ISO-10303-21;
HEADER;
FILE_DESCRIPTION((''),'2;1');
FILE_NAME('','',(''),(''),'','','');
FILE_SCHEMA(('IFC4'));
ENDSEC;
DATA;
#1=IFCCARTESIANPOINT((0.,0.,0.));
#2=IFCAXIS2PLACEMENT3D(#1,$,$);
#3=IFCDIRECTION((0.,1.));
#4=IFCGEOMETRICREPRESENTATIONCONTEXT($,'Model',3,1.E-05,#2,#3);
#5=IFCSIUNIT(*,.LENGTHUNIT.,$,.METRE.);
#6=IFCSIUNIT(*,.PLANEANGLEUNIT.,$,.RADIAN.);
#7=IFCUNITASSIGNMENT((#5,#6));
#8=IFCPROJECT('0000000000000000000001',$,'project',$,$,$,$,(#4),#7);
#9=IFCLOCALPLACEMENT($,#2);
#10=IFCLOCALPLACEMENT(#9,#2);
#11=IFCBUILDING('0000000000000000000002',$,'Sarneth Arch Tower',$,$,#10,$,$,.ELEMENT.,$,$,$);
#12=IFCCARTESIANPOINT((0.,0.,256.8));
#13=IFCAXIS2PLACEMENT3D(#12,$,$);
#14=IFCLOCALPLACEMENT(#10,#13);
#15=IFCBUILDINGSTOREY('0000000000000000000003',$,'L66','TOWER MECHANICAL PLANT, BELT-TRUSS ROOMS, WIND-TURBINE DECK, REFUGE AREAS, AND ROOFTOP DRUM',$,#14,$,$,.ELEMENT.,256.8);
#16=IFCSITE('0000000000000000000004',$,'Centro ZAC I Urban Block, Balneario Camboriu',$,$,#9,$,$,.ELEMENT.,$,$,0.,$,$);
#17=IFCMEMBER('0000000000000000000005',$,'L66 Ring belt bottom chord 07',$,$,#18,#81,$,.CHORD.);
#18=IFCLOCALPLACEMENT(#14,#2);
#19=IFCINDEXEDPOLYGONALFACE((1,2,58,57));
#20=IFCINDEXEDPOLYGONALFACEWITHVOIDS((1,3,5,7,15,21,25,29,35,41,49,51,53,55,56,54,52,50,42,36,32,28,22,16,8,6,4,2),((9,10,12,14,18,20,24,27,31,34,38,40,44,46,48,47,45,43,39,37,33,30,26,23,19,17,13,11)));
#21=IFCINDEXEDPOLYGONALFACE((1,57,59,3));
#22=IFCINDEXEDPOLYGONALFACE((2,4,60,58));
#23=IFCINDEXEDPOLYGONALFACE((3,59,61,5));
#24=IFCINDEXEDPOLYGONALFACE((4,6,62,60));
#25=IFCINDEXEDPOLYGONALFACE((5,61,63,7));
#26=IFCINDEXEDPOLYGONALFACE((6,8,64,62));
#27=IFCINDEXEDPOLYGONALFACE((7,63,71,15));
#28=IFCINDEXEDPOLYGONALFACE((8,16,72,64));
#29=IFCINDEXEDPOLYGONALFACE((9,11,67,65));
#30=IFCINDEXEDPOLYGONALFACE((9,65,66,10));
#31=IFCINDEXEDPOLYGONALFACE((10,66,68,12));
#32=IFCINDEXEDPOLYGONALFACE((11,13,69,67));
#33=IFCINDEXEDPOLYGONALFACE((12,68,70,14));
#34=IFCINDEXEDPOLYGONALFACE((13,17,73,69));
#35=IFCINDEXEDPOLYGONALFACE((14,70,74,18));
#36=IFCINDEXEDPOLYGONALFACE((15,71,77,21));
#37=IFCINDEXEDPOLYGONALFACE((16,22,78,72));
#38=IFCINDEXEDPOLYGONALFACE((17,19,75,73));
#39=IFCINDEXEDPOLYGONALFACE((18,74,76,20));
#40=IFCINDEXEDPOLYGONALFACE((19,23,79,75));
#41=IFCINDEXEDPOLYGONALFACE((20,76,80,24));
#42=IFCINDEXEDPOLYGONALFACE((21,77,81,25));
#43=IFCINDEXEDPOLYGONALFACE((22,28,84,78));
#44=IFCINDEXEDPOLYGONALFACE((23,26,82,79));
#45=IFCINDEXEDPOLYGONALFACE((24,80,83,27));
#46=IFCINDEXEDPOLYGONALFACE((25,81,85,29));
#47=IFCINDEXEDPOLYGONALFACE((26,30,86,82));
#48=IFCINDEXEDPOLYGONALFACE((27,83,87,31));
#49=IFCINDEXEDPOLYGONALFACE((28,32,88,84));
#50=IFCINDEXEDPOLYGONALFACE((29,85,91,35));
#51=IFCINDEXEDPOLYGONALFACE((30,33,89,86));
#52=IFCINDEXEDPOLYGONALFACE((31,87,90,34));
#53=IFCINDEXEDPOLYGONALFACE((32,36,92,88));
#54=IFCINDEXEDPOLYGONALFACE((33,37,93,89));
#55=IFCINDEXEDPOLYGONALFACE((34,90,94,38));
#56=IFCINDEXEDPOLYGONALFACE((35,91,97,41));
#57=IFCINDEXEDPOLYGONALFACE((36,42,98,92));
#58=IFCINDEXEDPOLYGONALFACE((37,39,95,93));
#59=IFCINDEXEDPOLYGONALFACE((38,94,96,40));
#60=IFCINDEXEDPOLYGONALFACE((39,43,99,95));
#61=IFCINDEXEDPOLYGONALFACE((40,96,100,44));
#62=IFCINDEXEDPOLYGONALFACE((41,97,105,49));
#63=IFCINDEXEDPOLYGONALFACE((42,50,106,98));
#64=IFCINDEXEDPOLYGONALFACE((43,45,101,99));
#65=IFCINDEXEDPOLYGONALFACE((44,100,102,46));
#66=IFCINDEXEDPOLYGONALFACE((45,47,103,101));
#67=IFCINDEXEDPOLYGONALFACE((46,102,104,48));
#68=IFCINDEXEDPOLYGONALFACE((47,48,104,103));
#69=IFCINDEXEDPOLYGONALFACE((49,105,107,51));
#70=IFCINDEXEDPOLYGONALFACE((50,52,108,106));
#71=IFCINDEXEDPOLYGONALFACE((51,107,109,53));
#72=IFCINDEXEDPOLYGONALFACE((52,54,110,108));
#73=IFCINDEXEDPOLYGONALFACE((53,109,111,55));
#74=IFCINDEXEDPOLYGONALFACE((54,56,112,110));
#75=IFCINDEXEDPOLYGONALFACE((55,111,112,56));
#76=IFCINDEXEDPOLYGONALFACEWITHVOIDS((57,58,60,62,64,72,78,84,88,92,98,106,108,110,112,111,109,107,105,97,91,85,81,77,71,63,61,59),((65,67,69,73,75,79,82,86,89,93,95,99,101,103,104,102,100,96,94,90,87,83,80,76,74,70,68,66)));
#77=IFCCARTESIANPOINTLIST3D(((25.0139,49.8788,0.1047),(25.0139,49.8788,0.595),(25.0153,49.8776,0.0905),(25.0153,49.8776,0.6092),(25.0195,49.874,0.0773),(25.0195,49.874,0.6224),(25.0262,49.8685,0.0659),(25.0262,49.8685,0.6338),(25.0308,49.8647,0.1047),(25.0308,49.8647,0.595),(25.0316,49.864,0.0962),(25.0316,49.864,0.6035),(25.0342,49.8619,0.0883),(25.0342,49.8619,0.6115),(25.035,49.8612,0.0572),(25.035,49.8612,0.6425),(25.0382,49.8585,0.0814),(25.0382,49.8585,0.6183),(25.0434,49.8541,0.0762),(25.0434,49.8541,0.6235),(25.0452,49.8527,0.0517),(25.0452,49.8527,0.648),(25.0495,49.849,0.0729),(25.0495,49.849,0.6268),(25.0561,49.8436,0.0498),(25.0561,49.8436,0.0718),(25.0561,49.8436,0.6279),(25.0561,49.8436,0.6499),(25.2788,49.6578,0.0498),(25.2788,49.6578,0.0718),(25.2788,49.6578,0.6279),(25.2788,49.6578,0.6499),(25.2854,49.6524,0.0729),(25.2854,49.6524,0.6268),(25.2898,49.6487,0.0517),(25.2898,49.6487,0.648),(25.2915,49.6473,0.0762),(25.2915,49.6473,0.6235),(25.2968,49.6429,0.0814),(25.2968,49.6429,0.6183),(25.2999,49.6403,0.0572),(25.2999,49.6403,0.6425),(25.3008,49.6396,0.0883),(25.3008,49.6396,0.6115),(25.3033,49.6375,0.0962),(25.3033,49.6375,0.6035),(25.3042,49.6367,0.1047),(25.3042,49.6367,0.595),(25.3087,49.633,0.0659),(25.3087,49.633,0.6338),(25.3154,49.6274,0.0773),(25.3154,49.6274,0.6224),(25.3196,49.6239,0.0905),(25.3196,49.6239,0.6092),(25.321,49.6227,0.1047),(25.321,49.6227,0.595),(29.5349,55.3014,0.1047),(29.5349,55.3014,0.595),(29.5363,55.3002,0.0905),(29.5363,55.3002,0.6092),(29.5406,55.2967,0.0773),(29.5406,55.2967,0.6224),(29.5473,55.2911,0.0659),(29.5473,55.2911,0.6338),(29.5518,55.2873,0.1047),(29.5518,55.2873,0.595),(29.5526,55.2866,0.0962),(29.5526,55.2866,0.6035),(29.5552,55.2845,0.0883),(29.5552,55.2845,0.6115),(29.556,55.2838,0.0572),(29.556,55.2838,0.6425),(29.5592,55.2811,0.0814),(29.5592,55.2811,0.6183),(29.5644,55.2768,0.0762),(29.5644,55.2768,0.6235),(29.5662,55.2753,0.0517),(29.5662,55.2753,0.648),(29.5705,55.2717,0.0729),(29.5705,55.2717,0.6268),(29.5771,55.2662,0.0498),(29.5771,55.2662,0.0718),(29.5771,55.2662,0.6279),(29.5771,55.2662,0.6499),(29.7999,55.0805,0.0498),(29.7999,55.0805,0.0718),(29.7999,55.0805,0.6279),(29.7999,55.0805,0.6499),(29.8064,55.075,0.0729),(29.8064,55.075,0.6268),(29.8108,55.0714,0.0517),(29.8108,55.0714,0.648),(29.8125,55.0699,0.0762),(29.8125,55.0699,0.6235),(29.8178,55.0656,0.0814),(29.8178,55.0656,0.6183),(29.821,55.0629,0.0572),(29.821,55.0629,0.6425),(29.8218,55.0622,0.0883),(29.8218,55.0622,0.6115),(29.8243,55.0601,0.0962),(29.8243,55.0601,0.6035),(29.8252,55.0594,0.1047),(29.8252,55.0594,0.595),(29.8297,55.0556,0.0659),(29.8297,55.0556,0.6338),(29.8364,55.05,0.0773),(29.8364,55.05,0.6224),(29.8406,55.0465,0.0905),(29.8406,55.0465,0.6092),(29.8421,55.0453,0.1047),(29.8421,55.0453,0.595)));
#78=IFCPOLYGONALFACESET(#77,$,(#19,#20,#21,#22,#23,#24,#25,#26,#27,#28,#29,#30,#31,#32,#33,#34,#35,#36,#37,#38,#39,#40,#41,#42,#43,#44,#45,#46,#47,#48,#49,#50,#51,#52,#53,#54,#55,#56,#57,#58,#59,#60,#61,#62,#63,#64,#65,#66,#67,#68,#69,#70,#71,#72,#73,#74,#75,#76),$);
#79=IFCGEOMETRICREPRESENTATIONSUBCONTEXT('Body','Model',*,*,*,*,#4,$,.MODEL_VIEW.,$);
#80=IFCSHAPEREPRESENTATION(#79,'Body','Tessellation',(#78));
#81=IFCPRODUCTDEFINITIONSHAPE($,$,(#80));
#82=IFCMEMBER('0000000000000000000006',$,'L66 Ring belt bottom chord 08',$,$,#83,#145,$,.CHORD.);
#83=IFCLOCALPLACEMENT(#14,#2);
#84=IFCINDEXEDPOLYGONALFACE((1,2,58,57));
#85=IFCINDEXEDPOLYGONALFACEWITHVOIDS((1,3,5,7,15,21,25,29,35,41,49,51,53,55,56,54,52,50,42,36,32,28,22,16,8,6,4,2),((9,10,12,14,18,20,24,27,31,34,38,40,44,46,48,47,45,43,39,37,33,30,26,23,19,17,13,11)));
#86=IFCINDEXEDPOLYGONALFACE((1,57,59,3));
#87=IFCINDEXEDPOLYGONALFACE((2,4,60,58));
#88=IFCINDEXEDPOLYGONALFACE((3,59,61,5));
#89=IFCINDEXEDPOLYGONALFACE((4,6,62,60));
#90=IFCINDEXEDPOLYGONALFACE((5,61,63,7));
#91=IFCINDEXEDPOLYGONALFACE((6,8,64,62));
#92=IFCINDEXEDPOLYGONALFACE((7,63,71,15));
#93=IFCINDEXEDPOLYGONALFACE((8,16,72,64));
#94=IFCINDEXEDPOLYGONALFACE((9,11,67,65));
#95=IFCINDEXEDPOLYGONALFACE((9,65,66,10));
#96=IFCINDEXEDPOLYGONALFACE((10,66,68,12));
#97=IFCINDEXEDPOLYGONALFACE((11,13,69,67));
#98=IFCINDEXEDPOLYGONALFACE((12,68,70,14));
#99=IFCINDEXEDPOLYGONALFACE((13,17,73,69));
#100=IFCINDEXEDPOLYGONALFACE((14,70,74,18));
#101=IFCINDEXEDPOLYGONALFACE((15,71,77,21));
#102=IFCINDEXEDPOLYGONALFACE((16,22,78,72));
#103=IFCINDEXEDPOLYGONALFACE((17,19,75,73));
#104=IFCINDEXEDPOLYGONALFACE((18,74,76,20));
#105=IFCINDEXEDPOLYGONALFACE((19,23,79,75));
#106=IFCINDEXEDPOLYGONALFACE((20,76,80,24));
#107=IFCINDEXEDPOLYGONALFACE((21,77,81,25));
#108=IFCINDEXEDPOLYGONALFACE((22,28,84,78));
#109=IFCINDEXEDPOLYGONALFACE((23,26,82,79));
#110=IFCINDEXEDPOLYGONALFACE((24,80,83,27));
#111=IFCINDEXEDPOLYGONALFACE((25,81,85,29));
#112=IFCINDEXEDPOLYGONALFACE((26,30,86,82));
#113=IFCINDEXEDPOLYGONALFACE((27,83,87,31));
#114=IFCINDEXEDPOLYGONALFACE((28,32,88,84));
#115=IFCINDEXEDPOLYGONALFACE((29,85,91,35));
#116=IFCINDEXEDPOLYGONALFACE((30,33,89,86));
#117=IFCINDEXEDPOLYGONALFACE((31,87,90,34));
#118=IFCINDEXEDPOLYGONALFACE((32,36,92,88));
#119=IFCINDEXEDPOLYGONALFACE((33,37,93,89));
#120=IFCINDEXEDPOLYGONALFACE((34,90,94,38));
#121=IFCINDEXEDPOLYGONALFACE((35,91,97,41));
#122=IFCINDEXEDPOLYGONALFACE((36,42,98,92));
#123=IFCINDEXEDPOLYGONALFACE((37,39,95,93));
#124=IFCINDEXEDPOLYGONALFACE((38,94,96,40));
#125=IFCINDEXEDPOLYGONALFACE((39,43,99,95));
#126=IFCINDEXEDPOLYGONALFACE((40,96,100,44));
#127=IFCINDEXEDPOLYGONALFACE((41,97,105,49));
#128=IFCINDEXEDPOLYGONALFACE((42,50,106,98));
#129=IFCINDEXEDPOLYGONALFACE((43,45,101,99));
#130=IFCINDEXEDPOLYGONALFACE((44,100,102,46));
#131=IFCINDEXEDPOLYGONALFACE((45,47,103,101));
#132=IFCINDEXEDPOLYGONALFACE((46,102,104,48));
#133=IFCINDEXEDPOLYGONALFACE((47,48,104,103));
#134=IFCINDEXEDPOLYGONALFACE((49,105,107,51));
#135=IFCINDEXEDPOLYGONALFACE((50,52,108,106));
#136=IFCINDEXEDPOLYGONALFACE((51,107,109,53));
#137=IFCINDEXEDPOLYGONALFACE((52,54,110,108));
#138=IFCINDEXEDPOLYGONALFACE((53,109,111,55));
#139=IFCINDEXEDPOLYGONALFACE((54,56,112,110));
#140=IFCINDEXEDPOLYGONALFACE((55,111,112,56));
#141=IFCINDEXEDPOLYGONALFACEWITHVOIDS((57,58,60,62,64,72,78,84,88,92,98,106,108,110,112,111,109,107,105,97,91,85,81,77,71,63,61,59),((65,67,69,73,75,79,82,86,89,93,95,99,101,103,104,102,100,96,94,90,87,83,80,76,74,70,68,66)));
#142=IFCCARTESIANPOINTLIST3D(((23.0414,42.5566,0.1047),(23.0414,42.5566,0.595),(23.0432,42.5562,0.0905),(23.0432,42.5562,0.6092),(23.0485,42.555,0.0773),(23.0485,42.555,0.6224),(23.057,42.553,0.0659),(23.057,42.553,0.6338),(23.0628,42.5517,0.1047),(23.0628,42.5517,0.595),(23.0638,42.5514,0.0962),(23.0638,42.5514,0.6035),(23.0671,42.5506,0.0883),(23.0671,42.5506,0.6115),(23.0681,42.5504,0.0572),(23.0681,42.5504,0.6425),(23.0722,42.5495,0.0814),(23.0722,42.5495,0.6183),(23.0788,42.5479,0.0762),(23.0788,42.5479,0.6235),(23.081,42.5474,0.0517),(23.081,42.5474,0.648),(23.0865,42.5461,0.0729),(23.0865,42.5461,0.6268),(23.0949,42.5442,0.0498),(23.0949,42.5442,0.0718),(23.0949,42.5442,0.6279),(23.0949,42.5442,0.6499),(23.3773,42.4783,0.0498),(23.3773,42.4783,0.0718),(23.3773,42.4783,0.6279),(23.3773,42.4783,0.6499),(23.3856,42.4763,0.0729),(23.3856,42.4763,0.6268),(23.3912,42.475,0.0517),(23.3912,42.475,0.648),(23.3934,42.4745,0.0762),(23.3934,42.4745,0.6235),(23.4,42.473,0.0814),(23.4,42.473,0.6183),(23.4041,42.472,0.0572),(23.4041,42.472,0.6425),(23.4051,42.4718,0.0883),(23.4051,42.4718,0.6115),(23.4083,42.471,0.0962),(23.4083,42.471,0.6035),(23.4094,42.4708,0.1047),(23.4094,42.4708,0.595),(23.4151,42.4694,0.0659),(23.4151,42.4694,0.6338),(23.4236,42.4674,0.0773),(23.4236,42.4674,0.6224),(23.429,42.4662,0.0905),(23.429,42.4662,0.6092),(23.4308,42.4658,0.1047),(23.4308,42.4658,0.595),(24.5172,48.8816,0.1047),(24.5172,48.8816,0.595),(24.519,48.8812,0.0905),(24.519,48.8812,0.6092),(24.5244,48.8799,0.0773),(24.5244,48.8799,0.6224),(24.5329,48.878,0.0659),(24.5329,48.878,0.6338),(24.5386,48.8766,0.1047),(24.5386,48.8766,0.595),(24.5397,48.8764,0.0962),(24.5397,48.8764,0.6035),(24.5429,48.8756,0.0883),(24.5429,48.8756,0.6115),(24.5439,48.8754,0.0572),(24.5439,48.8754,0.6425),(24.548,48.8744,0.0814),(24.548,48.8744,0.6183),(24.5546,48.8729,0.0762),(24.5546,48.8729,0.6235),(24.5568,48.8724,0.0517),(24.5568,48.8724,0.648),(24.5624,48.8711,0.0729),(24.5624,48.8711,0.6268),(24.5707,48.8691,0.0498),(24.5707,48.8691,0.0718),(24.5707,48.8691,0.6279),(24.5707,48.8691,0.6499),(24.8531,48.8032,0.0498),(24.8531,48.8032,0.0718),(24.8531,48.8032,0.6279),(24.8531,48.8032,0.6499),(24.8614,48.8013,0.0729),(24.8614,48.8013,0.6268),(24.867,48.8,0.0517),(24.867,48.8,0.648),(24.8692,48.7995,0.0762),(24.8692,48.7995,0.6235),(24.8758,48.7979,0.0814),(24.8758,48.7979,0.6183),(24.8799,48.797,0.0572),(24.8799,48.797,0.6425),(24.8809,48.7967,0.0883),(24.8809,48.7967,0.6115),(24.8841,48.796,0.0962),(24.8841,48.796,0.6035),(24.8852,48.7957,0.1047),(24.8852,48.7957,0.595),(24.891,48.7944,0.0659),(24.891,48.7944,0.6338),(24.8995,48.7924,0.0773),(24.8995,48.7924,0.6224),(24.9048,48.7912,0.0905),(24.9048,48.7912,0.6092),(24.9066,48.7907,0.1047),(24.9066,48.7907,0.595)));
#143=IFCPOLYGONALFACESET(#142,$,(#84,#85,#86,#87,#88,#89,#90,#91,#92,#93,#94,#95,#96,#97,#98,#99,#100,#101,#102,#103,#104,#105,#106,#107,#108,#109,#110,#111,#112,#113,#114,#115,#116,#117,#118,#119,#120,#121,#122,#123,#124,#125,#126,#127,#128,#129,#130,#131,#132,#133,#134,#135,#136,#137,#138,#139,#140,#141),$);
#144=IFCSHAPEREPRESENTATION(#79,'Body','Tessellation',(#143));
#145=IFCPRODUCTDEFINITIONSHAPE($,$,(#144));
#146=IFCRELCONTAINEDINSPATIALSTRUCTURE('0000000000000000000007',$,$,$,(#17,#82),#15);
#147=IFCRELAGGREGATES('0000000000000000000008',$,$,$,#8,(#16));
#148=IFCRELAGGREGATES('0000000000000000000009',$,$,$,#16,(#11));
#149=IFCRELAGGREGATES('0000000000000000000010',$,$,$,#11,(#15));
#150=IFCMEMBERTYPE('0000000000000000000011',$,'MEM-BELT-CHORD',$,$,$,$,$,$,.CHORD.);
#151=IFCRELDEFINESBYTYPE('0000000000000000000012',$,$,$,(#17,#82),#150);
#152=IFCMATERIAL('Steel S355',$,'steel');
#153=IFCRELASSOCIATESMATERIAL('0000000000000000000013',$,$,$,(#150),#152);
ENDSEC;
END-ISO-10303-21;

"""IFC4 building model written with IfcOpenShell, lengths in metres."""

from ifc_helpers import new_model, si_unit, direction, frame, origin, origin_2d, place, context, subcontext, project, spatial, hollow_rectangle, extrude, material, material_profile, profile_set, type_object, element, save


model = new_model("IFC4")

# Units and contexts
model_context = context("Model", 3, precision=1e-05, world=origin(), true_north=direction((0.0, 1.0)))
body_context = subcontext(model_context, "Body", "Model", "MODEL_VIEW")
ifc_project = project(units=[si_unit("LENGTHUNIT", "METRE"), si_unit("PLANEANGLEUNIT", "RADIAN")], contexts=[model_context])

# Site, building, storey
site_placement = place(None, origin())
site = spatial("IfcSite", under=ifc_project, at=site_placement, Name="Centro ZAC I Urban Block, Balneario Camboriu", CompositionType="ELEMENT", RefElevation=0.0)
building_placement = place(site_placement, origin())
building = spatial("IfcBuilding", under=site, at=building_placement, Name="Sarneth Arch Tower", CompositionType="ELEMENT")
storey_placement = place(building_placement, frame((0.0, 0.0, 256.8)))
storey = spatial("IfcBuildingStorey", under=building, at=storey_placement, Name="L66", Description="TOWER MECHANICAL PLANT, BELT-TRUSS ROOMS, WIND-TURBINE DECK, REFUGE AREAS, AND ROOFTOP DRUM", CompositionType="ELEMENT", Elevation=256.8)

# Members
ifc_material_1 = material(Name="Steel S355", Category="steel")
ifc_material_profile_1 = material_profile(ifc_material_1, hollow_rectangle(XDim=0.3999, YDim=0.6001, WallThickness=0.022, InnerFilletRadius=0.033, OuterFilletRadius=0.0549, at=origin_2d()), Name="RHS600x400x22")
ifc_profile_set_1 = profile_set([ifc_material_profile_1], Name="Steel S355")
member_type_1 = type_object("IfcMemberType", Name="MEM-BELT-CHORD", PredefinedType="CHORD", material=ifc_profile_set_1)
member_1_placement = place(storey_placement, frame((29.6885, 55.1733, 0.3499), z_axis=(-0.640365, -0.768071, 0.0), x_axis=(0.768071, -0.640365, 0.0)))
element("IfcMember", 1, at=member_1_placement, inside=storey, type_object=member_type_1, Name="L66 Ring belt bottom chord 07", PredefinedType="CHORD", context=body_context, shape_type="SweptSolid", body=[
    extrude(hollow_rectangle(XDim=0.3999, YDim=0.6001, WallThickness=0.022, InnerFilletRadius=0.033, OuterFilletRadius=0.0549, at=origin_2d()), origin(), (0.0, 0.0, 1.0), 7.0601),
])
member_2_placement = place(storey_placement, frame((24.7119, 48.8362, 0.3499), z_axis=(-0.227231, -0.973841, 0.0), x_axis=(0.973841, -0.227231, 0.0)))
element("IfcMember", 2, at=member_2_placement, inside=storey, type_object=member_type_1, Name="L66 Ring belt bottom chord 08", PredefinedType="CHORD", context=body_context, shape_type="SweptSolid", body=[
    extrude(hollow_rectangle(XDim=0.3999, YDim=0.6001, WallThickness=0.022, InnerFilletRadius=0.033, OuterFilletRadius=0.0549, at=origin_2d()), origin(), (0.0, 0.0, 1.0), 6.4949),
])

save(model, "model.ifc")
